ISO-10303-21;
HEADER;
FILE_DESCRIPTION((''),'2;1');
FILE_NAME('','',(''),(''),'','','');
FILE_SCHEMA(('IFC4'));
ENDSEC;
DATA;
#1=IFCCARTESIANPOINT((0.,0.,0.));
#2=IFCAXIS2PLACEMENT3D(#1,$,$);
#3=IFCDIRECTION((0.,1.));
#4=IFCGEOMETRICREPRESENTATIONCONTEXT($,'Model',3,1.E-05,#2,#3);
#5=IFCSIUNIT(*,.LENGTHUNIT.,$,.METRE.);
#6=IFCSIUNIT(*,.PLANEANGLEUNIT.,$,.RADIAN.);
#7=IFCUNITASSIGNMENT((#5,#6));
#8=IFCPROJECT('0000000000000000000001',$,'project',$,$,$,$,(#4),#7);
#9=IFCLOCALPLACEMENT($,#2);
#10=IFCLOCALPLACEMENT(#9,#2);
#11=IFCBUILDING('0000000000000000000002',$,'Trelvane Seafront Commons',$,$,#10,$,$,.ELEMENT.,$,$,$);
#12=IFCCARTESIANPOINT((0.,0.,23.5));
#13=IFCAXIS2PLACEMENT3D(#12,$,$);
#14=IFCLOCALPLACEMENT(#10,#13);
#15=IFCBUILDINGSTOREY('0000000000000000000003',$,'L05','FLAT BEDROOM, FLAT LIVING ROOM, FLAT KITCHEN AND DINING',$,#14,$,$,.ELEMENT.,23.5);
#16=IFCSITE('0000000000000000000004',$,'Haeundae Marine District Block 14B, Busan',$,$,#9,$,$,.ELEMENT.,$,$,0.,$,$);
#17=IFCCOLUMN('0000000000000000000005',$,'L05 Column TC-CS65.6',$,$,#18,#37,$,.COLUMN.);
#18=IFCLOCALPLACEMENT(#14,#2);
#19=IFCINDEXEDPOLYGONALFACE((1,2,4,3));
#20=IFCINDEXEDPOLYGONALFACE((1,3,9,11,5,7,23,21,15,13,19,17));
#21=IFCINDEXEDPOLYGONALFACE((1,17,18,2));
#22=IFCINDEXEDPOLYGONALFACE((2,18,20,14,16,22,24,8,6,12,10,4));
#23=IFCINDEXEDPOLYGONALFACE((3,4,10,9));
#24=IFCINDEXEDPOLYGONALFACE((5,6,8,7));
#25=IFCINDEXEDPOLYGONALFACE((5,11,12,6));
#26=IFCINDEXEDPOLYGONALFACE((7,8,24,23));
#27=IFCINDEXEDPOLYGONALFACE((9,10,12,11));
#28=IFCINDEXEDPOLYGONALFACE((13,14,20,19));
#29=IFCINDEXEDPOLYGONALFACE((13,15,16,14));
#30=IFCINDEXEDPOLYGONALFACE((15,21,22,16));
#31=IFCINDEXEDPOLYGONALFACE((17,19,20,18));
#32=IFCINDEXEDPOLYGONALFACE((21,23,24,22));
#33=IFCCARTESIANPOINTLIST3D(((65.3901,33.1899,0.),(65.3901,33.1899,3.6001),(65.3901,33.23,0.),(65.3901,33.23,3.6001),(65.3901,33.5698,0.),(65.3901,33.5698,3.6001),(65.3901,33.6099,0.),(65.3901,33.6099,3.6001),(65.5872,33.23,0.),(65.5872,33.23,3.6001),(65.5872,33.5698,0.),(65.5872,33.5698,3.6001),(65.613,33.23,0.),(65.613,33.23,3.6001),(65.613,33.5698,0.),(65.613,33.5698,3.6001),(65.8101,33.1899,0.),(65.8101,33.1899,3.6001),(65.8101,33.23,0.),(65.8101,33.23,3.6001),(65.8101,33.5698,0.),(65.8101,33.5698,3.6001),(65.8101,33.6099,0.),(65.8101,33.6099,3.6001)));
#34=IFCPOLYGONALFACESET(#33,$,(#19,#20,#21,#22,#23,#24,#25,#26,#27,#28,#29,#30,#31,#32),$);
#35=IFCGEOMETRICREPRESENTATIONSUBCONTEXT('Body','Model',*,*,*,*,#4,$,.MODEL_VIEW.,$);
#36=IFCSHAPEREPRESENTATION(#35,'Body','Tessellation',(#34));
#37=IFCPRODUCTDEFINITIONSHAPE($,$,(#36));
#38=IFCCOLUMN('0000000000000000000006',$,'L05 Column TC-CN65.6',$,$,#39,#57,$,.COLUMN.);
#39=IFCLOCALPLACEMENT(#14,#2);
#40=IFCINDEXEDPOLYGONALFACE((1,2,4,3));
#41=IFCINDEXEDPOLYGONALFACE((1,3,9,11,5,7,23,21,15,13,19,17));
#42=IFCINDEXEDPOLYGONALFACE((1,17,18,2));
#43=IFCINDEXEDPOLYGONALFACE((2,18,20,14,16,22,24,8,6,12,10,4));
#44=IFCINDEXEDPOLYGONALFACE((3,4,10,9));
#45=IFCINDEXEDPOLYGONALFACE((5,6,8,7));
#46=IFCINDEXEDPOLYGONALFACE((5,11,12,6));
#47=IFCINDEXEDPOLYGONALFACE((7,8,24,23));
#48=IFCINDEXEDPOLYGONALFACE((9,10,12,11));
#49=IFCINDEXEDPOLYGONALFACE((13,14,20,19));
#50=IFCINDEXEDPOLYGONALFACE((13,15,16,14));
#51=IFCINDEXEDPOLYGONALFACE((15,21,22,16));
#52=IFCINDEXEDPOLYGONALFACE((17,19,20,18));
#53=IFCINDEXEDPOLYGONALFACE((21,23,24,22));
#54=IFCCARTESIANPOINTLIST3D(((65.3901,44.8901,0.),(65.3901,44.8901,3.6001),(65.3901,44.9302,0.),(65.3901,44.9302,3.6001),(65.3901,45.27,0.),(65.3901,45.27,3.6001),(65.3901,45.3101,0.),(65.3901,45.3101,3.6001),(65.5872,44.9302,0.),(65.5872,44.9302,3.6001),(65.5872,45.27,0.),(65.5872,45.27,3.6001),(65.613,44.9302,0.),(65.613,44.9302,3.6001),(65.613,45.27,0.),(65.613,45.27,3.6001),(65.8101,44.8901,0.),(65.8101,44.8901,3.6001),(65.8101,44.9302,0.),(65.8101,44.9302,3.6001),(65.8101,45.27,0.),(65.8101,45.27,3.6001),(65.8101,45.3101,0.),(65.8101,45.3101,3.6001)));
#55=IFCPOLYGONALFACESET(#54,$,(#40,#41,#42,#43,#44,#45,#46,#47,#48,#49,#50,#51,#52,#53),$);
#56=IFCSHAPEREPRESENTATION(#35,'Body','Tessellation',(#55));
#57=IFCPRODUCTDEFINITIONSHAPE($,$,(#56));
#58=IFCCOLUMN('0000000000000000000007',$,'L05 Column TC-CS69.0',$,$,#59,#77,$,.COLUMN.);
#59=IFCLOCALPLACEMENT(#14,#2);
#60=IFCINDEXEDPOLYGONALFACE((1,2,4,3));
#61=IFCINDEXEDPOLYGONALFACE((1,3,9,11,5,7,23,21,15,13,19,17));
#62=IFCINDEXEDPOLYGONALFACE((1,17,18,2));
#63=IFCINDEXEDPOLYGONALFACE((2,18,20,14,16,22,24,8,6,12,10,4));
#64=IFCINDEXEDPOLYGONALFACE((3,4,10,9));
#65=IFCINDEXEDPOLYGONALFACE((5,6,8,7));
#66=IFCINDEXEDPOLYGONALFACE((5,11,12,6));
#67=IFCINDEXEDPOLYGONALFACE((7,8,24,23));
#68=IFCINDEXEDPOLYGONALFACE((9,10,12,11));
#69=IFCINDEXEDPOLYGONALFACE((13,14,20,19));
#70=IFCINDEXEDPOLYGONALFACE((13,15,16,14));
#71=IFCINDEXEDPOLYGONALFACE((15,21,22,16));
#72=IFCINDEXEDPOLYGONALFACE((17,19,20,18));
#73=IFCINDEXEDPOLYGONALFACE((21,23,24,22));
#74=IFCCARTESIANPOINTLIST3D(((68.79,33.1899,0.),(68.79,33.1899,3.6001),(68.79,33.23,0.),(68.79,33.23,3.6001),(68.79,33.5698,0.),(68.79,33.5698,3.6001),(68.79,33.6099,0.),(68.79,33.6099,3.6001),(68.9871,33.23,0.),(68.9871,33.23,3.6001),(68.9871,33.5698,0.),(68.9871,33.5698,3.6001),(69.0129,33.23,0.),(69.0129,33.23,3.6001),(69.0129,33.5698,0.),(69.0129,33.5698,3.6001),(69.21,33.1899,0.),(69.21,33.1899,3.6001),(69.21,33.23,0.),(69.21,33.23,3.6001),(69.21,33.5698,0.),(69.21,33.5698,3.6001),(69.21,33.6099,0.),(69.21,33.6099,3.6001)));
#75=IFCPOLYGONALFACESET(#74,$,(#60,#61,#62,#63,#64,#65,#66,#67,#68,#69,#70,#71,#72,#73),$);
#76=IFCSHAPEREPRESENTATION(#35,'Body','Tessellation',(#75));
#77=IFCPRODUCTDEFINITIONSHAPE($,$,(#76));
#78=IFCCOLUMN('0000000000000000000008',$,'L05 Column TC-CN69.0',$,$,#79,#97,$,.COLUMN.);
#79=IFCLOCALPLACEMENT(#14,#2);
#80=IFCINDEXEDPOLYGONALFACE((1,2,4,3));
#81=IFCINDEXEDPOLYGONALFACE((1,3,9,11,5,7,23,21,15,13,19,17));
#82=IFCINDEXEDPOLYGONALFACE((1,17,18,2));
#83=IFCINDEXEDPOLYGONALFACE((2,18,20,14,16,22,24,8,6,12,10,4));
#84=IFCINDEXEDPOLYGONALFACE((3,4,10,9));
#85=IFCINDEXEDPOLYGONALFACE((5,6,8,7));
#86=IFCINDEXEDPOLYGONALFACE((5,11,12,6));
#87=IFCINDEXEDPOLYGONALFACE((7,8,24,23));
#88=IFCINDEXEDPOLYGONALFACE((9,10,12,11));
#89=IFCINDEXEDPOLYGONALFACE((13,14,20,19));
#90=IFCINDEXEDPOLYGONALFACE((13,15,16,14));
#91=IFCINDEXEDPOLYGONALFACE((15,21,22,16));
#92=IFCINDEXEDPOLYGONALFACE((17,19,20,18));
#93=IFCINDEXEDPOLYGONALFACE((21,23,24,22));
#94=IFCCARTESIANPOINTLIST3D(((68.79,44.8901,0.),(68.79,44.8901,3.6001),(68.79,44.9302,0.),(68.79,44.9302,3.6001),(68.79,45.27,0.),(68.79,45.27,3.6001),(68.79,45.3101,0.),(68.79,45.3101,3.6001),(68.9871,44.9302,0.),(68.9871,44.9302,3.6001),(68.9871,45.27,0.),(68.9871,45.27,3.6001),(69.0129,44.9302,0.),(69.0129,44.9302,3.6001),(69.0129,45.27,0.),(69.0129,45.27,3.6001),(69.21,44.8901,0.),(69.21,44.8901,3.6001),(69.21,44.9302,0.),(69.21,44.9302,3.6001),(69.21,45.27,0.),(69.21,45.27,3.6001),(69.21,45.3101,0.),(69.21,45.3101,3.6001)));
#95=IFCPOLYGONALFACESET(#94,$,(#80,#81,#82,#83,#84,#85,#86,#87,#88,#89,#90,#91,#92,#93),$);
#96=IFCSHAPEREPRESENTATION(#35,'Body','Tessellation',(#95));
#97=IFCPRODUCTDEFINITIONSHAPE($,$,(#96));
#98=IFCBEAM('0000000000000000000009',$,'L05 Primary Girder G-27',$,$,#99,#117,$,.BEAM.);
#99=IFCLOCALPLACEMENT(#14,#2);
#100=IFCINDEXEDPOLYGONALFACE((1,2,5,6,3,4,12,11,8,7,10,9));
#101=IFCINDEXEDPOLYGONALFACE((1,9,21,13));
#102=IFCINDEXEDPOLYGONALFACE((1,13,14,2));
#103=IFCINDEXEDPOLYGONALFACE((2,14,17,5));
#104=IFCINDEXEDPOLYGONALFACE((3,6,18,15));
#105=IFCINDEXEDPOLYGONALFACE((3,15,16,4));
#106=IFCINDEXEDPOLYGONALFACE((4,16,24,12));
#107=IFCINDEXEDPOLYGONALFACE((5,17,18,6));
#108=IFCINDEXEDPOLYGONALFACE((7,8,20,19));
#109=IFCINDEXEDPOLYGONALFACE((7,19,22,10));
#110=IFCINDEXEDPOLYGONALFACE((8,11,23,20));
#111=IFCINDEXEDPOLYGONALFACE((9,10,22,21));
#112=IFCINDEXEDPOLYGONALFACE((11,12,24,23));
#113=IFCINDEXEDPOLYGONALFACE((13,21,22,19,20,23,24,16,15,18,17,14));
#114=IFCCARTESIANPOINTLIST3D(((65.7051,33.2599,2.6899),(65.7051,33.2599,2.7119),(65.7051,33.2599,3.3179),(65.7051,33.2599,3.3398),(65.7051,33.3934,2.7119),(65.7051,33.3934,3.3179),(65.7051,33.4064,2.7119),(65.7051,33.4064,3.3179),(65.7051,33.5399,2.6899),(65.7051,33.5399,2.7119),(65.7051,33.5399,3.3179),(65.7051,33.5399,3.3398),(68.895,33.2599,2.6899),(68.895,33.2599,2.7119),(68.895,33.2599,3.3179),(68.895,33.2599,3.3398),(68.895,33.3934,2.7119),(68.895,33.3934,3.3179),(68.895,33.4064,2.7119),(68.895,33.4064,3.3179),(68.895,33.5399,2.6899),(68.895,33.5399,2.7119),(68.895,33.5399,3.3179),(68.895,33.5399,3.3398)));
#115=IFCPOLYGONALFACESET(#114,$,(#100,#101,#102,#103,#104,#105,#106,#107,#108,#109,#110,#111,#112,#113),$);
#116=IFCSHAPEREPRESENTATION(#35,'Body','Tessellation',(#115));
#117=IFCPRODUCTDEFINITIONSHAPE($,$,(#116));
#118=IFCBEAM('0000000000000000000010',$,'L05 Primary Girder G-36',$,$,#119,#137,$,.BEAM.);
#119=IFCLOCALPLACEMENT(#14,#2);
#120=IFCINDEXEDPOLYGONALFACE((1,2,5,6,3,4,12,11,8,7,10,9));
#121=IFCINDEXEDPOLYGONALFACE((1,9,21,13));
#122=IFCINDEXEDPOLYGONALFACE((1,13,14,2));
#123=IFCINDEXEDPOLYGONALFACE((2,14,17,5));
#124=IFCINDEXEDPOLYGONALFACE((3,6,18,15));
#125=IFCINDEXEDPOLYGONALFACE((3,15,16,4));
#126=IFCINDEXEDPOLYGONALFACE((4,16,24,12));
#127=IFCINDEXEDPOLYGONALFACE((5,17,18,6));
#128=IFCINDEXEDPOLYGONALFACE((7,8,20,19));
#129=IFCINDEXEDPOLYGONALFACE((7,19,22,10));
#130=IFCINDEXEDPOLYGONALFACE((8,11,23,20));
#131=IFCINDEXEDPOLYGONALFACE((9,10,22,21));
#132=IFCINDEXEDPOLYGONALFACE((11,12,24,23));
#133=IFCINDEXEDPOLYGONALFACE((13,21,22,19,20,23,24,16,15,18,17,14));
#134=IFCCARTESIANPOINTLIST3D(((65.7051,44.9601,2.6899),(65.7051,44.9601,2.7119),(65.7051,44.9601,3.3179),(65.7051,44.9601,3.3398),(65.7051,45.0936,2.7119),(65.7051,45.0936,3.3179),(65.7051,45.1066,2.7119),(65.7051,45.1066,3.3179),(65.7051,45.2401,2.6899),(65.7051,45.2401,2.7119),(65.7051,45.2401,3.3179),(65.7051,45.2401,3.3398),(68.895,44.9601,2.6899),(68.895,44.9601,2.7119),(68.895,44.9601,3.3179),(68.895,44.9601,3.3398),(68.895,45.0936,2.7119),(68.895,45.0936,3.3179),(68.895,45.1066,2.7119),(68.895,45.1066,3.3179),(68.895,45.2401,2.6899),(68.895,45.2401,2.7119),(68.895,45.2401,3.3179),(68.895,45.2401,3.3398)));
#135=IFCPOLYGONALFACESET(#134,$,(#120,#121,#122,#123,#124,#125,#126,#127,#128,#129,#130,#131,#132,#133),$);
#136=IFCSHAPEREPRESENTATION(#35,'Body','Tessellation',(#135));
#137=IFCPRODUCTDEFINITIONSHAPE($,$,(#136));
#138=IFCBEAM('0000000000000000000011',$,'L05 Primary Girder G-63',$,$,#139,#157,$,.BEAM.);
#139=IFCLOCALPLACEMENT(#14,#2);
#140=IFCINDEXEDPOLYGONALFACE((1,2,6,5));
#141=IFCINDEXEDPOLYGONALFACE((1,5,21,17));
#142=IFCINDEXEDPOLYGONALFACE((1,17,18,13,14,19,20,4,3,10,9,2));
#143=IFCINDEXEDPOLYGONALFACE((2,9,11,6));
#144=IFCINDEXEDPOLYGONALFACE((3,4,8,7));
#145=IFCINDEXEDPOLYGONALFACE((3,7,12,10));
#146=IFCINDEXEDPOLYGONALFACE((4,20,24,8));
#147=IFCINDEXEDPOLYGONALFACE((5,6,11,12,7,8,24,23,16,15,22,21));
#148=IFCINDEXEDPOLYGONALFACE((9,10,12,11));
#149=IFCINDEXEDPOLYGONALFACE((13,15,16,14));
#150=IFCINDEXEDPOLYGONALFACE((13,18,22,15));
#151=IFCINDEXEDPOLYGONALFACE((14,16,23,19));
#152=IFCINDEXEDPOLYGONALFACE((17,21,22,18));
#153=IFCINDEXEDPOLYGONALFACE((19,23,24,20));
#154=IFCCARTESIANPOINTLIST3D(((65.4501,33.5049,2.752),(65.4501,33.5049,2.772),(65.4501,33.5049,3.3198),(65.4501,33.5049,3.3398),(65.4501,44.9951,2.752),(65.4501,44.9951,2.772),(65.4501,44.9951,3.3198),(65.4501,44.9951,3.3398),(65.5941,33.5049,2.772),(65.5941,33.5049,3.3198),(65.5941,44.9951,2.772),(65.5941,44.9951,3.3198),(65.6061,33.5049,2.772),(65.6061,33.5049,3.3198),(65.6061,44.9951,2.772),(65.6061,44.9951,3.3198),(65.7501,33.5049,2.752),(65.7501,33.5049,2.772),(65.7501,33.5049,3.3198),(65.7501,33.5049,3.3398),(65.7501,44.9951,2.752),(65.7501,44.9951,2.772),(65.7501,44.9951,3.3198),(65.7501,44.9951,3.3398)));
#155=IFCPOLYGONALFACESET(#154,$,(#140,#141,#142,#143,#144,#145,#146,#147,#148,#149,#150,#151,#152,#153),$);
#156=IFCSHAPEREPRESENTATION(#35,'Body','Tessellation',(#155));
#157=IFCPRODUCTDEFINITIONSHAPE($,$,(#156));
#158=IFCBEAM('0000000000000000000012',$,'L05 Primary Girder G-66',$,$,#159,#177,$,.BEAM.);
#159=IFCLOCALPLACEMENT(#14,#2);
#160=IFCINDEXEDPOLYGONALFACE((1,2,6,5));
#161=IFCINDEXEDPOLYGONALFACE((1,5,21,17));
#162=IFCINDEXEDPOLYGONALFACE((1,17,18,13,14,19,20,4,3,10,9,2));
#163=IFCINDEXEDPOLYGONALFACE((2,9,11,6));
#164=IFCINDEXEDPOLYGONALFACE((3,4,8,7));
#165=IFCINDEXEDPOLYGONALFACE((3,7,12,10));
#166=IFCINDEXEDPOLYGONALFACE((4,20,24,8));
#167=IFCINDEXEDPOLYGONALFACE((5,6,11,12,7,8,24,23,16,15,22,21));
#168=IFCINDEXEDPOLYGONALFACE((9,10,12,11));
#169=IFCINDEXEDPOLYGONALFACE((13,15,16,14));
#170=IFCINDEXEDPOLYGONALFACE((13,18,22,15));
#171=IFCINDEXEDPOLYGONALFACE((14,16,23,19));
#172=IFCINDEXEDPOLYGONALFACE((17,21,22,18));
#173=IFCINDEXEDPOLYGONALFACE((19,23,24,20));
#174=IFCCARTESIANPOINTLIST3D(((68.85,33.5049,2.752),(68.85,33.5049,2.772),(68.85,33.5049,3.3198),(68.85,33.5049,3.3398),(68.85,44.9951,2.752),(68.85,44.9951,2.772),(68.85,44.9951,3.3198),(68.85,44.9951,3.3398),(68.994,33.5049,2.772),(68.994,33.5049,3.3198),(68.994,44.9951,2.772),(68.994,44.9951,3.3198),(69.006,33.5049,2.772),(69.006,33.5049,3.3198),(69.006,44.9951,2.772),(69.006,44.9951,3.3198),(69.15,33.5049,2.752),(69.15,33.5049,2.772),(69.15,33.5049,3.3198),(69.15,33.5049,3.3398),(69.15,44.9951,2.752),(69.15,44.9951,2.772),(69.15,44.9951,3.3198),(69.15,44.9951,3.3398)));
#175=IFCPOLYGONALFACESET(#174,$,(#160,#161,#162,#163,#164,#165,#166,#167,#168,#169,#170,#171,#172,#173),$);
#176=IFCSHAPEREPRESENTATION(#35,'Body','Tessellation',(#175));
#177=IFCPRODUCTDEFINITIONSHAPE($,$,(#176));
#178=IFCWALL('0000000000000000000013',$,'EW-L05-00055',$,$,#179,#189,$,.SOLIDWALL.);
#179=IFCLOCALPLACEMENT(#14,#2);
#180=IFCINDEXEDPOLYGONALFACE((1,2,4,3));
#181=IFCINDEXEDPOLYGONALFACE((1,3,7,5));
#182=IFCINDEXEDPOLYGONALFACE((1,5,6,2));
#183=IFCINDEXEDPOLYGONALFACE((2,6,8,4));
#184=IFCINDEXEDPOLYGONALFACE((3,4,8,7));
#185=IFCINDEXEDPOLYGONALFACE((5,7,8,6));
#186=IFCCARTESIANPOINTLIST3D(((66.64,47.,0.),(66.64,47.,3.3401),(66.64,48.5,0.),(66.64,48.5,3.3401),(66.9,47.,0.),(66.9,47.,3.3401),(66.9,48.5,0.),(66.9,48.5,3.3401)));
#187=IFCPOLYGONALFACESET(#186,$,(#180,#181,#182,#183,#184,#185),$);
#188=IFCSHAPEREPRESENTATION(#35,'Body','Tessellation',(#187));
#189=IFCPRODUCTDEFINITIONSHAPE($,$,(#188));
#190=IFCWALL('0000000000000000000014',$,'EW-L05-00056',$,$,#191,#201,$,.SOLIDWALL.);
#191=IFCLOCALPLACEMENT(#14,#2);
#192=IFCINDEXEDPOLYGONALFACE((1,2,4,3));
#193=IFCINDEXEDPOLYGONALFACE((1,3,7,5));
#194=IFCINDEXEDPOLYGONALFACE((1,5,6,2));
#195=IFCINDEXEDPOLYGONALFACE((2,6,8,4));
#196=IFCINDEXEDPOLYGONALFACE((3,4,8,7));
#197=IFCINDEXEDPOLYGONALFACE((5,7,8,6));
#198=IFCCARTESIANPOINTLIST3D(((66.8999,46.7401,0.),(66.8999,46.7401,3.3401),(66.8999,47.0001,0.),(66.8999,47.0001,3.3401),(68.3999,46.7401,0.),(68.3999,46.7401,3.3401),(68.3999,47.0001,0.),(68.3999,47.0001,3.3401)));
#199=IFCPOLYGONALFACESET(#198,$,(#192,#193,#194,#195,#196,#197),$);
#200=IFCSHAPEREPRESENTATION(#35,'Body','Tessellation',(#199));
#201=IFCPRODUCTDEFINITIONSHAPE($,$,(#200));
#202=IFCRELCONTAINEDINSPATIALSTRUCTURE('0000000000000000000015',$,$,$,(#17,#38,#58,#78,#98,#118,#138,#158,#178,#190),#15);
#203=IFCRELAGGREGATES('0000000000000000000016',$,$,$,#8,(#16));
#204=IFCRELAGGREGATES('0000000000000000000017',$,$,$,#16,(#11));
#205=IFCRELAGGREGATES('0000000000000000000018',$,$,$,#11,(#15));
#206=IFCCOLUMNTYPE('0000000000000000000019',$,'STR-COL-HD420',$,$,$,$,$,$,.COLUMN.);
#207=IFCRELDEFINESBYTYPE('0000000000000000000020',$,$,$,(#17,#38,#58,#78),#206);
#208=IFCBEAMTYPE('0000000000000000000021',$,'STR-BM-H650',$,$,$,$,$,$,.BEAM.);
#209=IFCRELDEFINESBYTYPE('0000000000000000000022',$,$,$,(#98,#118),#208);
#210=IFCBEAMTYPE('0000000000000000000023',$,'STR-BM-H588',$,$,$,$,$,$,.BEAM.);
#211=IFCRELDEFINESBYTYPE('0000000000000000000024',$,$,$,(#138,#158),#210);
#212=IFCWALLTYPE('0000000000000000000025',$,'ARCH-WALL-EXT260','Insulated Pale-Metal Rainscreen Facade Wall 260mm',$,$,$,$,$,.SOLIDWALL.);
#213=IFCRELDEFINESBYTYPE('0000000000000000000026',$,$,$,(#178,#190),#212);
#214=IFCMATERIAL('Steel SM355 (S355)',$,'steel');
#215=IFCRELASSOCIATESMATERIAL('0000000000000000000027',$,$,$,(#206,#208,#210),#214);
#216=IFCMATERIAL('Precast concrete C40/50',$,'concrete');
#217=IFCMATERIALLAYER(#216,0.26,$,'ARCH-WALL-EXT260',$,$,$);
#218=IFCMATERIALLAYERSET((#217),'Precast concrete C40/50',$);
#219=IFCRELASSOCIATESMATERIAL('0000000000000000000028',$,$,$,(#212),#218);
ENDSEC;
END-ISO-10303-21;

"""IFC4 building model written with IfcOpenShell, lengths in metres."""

from ifc_helpers import new_model, si_unit, direction, frame, frame_2d, origin, origin_2d, place, context, subcontext, project, spatial, rectangle, i_section, extrude, source, transform, mapped, material, layer, layer_set, material_profile, profile_set, type_object, element, save


model = new_model("IFC4")

# Units and contexts
model_context = context("Model", 3, precision=1e-05, world=origin(), true_north=direction((0.0, 1.0)))
body_context = subcontext(model_context, "Body", "Model", "MODEL_VIEW")
ifc_project = project(units=[si_unit("LENGTHUNIT", "METRE"), si_unit("PLANEANGLEUNIT", "RADIAN")], contexts=[model_context])

# Site, building, storey
site_placement = place(None, origin())
site = spatial("IfcSite", under=ifc_project, at=site_placement, Name="Haeundae Marine District Block 14B, Busan", CompositionType="ELEMENT", RefElevation=0.0)
building_placement = place(site_placement, origin())
building = spatial("IfcBuilding", under=site, at=building_placement, Name="Trelvane Seafront Commons", CompositionType="ELEMENT")
storey_placement = place(building_placement, frame((0.0, 0.0, 23.5)))
storey = spatial("IfcBuildingStorey", under=building, at=storey_placement, Name="L05", Description="FLAT BEDROOM, FLAT LIVING ROOM, FLAT KITCHEN AND DINING", CompositionType="ELEMENT", Elevation=23.5)

# Columns
ifc_material_1 = material(Name="Steel SM355 (S355)", Category="steel")
ifc_material_profile_1 = material_profile(ifc_material_1, i_section(OverallWidth=0.4199, OverallDepth=0.4199, WebThickness=0.0259, FlangeThickness=0.04, at=origin_2d()), Name="HD-420x420x26x40")
ifc_profile_set_1 = profile_set([ifc_material_profile_1], Name="Steel SM355 (S355)")
column_type = type_object("IfcColumnType", Name="STR-COL-HD420", PredefinedType="COLUMN", material=ifc_profile_set_1)
shared_shape_1 = source(origin(), body_context, "Body", "SweptSolid", [
    extrude(i_section(OverallWidth=0.4199, OverallDepth=0.4199, WebThickness=0.0259, FlangeThickness=0.04, at=origin_2d()), origin(), (0.0, 0.0, 1.0), 3.6001),
])
for number, where, z_axis, x_axis, name in (
    (1, (65.6001, 33.3999, 0.0), (0.0, 0.0, 1.0), (1.0, 0.0, 0.0), "L05 Column TC-CS65.6"),
    (2, (65.6001, 45.1001, 0.0), (0.0, 0.0, 1.0), (1.0, 0.0, 0.0), "L05 Column TC-CN65.6"),
    (3, (69.0, 33.3999, 0.0), (0.0, 0.0, 1.0), (1.0, 0.0, 0.0), "L05 Column TC-CS69.0"),
    (4, (69.0, 45.1001, 0.0), (0.0, 0.0, 1.0), (1.0, 0.0, 0.0), "L05 Column TC-CN69.0"),
):
    element("IfcColumn", number, at=place(storey_placement, frame(where, z_axis=z_axis, x_axis=x_axis)), inside=storey, type_object=column_type, Name=name, PredefinedType="COLUMN", context=body_context, shape_type="MappedRepresentation", body=[
        mapped(shared_shape_1, transform((0.0, 0.0, 0.0), x_axis=(1.0, 0.0, 0.0), y_axis=(0.0, 1.0, 0.0), z_axis=(0.0, 0.0, 1.0), scale=1.0)),
    ])

# Beams
ifc_material_profile_2 = material_profile(ifc_material_1, i_section(OverallWidth=0.28, OverallDepth=0.6499, WebThickness=0.0129, FlangeThickness=0.022, at=origin_2d()), Name="H-650x280x13x22")
ifc_profile_set_2 = profile_set([ifc_material_profile_2], Name="Steel SM355 (S355)")
beam_type_1 = type_object("IfcBeamType", Name="STR-BM-H650", PredefinedType="BEAM", material=ifc_profile_set_2)
shared_shape_2 = source(origin(), body_context, "Body", "SweptSolid", [
    extrude(i_section(OverallWidth=0.28, OverallDepth=0.6499, WebThickness=0.0129, FlangeThickness=0.022, at=origin_2d()), origin(), (0.0, 0.0, 1.0), 3.1899),
])
for number, where, z_axis, x_axis, name in (
    (5, (65.7051, 33.3999, 3.0149), (1.0, 0.0, 0.0), (0.0, 1.0, 0.0), "L05 Primary Girder G-27"),
    (6, (65.7051, 45.1001, 3.0149), (1.0, 0.0, 0.0), (0.0, 1.0, 0.0), "L05 Primary Girder G-36"),
):
    element("IfcBeam", number, at=place(storey_placement, frame(where, z_axis=z_axis, x_axis=x_axis)), inside=storey, type_object=beam_type_1, Name=name, PredefinedType="BEAM", context=body_context, shape_type="MappedRepresentation", body=[
        mapped(shared_shape_2, transform((0.0, 0.0, 0.0), x_axis=(1.0, 0.0, 0.0), y_axis=(0.0, 1.0, 0.0), z_axis=(0.0, 0.0, 1.0), scale=1.0)),
    ])
ifc_material_profile_3 = material_profile(ifc_material_1, i_section(OverallWidth=0.3, OverallDepth=0.5879, WebThickness=0.012, FlangeThickness=0.02, at=origin_2d()), Name="H-588x300x12x20")
ifc_profile_set_3 = profile_set([ifc_material_profile_3], Name="Steel SM355 (S355)")
beam_type_2 = type_object("IfcBeamType", Name="STR-BM-H588", PredefinedType="BEAM", material=ifc_profile_set_3)
shared_shape_3 = source(origin(), body_context, "Body", "SweptSolid", [
    extrude(i_section(OverallWidth=0.3, OverallDepth=0.5879, WebThickness=0.012, FlangeThickness=0.02, at=origin_2d()), origin(), (0.0, 0.0, 1.0), 11.4902),
])
for number, where, z_axis, x_axis, name in (
    (7, (65.6001, 33.5049, 3.0459), (0.0, 1.0, 0.0), (-1.0, 0.0, 0.0), "L05 Primary Girder G-63"),
    (8, (69.0, 33.5049, 3.0459), (0.0, 1.0, 0.0), (-1.0, 0.0, 0.0), "L05 Primary Girder G-66"),
):
    element("IfcBeam", number, at=place(storey_placement, frame(where, z_axis=z_axis, x_axis=x_axis)), inside=storey, type_object=beam_type_2, Name=name, PredefinedType="BEAM", context=body_context, shape_type="MappedRepresentation", body=[
        mapped(shared_shape_3, transform((0.0, 0.0, 0.0), x_axis=(1.0, 0.0, 0.0), y_axis=(0.0, 1.0, 0.0), z_axis=(0.0, 0.0, 1.0), scale=1.0)),
    ])

# Walls
ifc_material_2 = material(Name="Precast concrete C40/50", Category="concrete")
ifc_layer = layer(ifc_material_2, 0.26, Name="ARCH-WALL-EXT260")
ifc_layer_set = layer_set([ifc_layer], Name="Precast concrete C40/50")
wall_type = type_object("IfcWallType", Name="ARCH-WALL-EXT260", Description="Insulated Pale-Metal Rainscreen Facade Wall 260mm", PredefinedType="SOLIDWALL", material=ifc_layer_set)
for number, where, z_axis, x_axis, name in (
    (9, (66.77, 48.5, 0.0), (0.0, 0.0, 1.0), (0.0, -1.0, 0.0), "EW-L05-00055"),
    (10, (66.8999, 46.8701, 0.0), (0.0, 0.0, 1.0), (1.0, 0.0, 0.0), "EW-L05-00056"),
):
    element("IfcWall", number, at=place(storey_placement, frame(where, z_axis=z_axis, x_axis=x_axis)), inside=storey, type_object=wall_type, Name=name, PredefinedType="SOLIDWALL", context=body_context, shape_type="SweptSolid", body=[
        extrude(rectangle(XDim=1.5, YDim=0.26, at=frame_2d((0.75, 0.0))), origin(), (0.0, 0.0, 1.0), 3.3401),
    ])

save(model, "model.ifc")
